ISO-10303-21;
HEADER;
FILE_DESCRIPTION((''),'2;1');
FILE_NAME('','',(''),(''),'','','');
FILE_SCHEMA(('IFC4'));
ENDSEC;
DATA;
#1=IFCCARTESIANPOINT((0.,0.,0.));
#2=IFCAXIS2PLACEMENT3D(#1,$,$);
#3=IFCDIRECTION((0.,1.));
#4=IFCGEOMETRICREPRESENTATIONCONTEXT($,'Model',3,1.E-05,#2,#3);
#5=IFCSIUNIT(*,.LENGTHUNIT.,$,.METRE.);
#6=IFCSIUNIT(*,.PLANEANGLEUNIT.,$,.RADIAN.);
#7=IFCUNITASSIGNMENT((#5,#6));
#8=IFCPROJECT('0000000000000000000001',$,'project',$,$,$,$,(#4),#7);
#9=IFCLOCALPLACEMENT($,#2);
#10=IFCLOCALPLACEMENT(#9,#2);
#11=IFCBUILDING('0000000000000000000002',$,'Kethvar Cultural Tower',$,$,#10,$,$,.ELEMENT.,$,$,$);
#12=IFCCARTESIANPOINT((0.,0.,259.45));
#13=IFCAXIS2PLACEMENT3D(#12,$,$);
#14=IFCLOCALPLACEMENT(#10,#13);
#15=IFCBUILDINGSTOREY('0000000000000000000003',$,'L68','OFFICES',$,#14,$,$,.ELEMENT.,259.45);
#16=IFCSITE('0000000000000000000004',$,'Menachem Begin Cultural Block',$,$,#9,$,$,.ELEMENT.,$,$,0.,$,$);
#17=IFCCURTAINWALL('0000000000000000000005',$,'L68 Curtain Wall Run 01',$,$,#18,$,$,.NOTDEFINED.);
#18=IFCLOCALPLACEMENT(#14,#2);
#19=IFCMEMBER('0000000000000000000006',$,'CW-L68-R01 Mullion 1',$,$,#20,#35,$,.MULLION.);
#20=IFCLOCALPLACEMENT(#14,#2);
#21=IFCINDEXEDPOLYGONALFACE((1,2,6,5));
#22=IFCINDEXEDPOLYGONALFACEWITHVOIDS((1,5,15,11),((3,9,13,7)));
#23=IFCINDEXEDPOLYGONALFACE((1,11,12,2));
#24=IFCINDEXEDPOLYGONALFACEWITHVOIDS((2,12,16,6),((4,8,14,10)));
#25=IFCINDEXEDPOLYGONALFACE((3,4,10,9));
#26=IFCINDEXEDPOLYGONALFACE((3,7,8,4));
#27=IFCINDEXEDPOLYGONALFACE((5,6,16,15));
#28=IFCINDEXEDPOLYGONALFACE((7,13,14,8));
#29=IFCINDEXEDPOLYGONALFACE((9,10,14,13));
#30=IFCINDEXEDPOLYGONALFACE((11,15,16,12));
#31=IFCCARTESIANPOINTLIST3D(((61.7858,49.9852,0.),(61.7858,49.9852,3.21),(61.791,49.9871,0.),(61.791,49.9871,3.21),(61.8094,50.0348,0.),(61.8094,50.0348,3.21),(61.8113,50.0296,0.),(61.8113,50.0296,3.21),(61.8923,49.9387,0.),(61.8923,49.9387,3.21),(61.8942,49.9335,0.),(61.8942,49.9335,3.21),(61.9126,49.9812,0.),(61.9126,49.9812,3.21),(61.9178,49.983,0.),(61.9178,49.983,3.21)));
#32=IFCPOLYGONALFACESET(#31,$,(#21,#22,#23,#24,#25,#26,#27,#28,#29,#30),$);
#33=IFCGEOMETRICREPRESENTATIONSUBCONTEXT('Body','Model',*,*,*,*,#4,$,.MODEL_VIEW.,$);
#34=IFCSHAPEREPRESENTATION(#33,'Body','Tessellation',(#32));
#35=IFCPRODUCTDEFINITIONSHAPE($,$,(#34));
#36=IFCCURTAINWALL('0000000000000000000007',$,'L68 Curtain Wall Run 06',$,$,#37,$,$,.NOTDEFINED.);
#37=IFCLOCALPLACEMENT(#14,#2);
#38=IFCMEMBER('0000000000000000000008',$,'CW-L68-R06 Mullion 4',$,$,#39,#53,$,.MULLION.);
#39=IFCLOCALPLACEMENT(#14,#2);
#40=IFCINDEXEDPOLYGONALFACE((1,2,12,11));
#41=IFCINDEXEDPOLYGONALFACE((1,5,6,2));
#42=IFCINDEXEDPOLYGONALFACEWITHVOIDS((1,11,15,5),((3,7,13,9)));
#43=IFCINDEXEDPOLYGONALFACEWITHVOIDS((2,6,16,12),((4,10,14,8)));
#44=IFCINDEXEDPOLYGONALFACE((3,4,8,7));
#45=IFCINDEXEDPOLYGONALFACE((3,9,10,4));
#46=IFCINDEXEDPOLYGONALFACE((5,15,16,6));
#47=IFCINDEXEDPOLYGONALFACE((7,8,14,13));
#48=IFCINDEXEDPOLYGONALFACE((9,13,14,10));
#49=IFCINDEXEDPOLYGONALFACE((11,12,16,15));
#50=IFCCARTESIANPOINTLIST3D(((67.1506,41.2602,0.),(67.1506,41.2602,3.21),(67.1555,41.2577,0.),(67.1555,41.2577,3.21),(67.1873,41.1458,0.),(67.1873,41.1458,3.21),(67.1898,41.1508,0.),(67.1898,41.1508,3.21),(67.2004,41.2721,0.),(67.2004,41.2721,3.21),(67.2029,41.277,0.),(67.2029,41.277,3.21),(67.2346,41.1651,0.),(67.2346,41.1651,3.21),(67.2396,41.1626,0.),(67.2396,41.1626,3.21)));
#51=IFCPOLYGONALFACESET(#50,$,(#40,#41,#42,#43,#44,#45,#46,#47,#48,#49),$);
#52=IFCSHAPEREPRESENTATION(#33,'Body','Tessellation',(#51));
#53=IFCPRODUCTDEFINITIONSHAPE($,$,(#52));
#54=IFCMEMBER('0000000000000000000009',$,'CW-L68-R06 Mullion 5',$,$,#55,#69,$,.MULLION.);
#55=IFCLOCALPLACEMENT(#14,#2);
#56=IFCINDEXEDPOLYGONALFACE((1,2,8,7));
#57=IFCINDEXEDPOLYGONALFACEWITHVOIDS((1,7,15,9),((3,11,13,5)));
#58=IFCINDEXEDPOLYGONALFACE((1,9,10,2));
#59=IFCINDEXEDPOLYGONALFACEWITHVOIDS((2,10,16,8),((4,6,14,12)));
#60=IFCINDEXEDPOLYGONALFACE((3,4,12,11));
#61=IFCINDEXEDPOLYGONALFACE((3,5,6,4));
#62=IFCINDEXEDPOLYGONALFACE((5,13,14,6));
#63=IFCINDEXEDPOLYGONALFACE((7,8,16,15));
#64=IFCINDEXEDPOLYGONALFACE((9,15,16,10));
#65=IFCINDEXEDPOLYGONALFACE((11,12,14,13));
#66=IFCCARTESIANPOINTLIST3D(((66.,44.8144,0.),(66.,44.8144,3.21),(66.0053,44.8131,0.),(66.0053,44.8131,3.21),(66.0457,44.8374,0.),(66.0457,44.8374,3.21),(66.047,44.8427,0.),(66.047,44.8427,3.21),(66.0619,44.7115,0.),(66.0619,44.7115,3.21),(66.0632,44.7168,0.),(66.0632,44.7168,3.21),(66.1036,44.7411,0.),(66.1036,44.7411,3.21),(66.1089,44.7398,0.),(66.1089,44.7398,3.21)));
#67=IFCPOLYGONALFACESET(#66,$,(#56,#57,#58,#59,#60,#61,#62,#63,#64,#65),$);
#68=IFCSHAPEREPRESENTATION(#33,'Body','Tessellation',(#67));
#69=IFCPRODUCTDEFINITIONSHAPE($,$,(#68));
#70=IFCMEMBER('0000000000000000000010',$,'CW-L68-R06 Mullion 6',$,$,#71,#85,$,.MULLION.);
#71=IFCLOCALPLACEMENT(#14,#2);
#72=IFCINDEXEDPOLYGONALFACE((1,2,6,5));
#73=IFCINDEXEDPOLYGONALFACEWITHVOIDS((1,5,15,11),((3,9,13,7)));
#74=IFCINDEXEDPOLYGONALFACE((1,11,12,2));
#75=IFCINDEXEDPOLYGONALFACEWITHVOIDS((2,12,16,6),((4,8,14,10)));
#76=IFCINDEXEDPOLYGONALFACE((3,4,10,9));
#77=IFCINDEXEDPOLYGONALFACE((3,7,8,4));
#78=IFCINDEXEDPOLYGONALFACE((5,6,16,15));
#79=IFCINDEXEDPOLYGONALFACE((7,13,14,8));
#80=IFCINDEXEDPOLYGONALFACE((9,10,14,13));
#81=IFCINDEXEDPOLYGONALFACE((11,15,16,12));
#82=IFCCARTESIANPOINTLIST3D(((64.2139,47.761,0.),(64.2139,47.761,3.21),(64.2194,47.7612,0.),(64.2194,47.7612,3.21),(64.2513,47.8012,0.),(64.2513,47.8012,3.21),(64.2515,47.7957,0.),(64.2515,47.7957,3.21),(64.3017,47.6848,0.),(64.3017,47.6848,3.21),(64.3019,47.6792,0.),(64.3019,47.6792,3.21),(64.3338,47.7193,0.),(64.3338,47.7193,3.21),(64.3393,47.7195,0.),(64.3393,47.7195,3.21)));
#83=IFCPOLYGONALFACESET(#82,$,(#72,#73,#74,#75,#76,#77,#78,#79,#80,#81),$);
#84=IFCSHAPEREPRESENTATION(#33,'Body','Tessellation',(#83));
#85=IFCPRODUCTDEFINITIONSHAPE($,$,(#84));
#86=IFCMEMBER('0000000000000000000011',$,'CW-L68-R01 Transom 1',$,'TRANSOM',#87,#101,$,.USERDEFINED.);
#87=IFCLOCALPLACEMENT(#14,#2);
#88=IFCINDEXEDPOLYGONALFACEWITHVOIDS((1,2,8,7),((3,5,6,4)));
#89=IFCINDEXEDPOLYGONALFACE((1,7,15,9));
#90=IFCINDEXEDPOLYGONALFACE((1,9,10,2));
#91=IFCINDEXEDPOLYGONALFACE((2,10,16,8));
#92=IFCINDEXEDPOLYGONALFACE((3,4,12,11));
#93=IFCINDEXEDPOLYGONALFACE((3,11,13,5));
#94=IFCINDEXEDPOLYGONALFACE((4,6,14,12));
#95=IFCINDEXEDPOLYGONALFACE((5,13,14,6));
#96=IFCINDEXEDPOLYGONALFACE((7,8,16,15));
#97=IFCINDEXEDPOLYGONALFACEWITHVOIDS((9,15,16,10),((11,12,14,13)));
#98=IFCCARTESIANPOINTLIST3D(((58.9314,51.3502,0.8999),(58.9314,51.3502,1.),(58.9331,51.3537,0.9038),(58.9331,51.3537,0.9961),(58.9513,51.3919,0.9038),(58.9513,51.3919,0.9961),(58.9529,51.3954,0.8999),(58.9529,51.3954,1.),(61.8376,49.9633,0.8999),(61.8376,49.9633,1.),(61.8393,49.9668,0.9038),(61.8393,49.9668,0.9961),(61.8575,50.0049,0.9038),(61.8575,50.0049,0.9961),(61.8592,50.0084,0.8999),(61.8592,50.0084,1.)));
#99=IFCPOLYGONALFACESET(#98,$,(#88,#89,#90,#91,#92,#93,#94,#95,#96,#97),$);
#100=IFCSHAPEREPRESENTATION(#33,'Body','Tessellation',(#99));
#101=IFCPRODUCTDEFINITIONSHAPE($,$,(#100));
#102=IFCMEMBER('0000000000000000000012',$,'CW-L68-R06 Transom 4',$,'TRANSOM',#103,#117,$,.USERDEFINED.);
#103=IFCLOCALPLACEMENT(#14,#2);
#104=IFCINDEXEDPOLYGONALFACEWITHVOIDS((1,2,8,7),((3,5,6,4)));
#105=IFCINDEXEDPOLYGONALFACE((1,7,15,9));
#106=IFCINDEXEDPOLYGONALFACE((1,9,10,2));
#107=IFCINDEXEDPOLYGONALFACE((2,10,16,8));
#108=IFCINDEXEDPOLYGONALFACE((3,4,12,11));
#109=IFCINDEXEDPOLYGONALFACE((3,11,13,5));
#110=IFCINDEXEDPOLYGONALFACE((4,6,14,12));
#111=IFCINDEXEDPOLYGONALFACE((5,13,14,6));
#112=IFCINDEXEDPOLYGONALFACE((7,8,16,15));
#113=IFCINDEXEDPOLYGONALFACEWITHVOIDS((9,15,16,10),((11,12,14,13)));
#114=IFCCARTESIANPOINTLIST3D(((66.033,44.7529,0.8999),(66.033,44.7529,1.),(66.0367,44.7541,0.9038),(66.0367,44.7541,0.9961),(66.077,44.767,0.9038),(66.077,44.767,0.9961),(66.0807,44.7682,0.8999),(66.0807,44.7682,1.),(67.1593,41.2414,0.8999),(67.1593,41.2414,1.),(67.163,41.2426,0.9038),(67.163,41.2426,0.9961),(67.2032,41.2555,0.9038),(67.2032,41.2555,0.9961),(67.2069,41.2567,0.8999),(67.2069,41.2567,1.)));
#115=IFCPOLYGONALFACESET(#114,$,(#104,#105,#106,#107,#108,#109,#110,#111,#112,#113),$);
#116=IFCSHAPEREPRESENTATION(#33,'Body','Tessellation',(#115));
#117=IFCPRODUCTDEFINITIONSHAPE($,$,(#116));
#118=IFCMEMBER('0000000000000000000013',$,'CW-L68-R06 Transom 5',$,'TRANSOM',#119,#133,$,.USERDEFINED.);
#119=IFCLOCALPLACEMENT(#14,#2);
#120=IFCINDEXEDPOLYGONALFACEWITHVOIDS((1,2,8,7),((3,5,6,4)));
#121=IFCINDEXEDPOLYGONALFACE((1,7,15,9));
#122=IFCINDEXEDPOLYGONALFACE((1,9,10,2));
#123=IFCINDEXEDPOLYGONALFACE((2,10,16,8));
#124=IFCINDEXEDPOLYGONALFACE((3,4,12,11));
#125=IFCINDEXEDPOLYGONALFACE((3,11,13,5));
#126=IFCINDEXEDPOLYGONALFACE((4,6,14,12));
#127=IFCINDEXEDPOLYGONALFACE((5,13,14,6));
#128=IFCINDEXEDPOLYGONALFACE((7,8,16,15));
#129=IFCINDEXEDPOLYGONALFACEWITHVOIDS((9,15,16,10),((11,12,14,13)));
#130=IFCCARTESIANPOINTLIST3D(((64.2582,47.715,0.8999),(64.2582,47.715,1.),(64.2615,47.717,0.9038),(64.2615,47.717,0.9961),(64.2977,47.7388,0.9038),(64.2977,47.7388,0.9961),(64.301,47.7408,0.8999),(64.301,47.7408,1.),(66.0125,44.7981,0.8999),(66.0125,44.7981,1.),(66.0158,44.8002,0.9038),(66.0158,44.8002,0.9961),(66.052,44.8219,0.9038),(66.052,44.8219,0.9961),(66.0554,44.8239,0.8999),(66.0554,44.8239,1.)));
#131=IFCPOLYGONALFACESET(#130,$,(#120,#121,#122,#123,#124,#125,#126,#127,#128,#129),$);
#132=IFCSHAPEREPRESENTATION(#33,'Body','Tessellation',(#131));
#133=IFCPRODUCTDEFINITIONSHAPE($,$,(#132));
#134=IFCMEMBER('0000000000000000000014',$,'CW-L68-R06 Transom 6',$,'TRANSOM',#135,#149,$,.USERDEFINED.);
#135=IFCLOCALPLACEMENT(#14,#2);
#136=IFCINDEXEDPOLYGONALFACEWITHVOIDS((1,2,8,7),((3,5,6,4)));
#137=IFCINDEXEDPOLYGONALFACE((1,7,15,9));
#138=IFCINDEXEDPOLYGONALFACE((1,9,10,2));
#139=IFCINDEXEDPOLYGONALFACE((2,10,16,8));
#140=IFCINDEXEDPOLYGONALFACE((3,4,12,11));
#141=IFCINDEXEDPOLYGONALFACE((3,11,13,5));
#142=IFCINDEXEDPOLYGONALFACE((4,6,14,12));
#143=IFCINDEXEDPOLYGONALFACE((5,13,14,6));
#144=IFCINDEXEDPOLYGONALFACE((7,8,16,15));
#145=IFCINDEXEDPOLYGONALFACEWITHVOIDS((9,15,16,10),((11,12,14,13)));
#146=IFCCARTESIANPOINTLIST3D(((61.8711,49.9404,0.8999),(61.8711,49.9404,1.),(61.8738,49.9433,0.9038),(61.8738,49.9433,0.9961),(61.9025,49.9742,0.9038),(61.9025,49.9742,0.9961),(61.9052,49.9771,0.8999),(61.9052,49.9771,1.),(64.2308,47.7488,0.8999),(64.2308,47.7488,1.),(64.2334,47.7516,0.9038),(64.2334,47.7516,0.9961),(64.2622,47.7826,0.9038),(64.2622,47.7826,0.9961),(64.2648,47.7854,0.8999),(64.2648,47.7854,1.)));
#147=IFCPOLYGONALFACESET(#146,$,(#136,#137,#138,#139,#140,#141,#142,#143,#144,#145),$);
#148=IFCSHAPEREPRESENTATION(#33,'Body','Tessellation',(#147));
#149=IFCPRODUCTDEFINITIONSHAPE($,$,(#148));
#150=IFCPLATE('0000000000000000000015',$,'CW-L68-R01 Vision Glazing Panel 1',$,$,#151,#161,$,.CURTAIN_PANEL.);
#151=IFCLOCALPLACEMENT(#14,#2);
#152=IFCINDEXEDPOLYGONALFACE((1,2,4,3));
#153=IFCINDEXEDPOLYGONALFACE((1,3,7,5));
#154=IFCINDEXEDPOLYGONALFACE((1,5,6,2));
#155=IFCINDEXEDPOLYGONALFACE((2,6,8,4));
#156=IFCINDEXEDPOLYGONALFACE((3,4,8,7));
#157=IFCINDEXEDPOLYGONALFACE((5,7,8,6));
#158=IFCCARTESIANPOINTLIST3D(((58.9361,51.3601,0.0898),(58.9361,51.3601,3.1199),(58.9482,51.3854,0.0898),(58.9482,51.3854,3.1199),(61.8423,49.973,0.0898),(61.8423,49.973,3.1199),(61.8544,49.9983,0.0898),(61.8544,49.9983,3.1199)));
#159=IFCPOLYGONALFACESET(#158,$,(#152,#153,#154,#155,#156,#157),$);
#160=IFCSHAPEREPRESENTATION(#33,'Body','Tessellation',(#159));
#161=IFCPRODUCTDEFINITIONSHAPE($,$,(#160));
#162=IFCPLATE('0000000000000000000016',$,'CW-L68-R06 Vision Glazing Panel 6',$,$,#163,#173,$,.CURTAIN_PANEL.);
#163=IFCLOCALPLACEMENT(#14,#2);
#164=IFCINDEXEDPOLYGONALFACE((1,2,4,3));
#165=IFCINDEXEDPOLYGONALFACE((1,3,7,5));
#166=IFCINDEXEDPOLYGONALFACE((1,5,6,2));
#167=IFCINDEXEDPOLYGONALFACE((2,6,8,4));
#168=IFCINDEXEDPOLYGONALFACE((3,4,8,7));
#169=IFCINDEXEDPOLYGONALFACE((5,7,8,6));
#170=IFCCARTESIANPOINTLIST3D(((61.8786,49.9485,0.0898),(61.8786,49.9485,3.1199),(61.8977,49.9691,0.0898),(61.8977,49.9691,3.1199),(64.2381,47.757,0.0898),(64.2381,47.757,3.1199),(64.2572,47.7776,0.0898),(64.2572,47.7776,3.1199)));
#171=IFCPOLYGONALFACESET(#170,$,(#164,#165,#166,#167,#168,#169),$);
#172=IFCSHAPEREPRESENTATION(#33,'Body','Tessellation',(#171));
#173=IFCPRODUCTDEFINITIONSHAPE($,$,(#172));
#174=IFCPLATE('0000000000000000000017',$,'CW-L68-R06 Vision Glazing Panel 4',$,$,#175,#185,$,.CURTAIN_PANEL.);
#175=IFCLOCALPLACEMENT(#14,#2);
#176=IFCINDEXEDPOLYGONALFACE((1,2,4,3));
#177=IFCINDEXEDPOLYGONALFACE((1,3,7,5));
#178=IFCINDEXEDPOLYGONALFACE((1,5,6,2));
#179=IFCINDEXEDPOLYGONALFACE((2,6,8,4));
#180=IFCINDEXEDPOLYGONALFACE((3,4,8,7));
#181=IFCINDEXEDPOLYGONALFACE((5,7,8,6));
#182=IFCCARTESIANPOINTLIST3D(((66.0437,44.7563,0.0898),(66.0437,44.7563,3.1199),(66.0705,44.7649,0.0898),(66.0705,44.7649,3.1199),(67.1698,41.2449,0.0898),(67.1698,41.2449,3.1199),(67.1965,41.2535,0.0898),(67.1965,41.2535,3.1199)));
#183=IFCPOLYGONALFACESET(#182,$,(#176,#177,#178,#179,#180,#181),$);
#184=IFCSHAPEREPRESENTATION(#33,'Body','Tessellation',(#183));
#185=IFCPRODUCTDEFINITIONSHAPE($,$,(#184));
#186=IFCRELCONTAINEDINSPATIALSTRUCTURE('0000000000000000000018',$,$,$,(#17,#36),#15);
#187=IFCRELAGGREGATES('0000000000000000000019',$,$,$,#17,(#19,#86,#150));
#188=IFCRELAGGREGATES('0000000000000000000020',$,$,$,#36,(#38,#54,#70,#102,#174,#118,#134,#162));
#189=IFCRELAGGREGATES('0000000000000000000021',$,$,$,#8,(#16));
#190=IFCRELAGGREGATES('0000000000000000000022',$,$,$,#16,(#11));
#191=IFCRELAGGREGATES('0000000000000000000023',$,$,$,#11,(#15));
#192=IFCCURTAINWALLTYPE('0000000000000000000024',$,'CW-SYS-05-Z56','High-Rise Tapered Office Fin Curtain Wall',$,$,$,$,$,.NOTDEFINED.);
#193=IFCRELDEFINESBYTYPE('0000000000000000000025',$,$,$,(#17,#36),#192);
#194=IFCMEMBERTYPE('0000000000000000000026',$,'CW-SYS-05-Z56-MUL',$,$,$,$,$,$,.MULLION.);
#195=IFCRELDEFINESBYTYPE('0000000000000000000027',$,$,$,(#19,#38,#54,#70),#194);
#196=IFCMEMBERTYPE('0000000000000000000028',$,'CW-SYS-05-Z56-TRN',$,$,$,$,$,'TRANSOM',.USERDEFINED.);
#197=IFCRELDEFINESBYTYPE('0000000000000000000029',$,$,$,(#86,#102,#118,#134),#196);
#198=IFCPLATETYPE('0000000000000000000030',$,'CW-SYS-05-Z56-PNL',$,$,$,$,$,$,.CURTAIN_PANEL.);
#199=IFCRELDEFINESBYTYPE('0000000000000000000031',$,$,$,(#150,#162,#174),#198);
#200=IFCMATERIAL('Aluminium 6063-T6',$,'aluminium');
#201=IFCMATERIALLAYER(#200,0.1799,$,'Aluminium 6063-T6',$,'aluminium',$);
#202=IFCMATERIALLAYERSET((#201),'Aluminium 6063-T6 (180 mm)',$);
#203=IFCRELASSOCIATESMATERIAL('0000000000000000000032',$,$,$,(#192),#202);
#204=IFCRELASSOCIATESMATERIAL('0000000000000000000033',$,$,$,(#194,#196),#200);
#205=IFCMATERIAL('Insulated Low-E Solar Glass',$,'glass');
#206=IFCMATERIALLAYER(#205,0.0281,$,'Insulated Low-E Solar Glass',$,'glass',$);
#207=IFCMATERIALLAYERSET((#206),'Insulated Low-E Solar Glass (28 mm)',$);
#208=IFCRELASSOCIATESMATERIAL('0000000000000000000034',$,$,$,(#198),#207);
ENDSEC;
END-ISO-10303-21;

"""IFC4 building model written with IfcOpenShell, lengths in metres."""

from ifc_helpers import new_model, si_unit, direction, frame, origin, origin_2d, place, context, subcontext, project, spatial, rectangle, hollow_rectangle, extrude, source, transform, mapped, material, layer, layer_set, material_profile, profile_set, type_object, element, aggregate, save


model = new_model("IFC4")

# Units and contexts
model_context = context("Model", 3, precision=1e-05, world=origin(), true_north=direction((0.0, 1.0)))
body_context = subcontext(model_context, "Body", "Model", "MODEL_VIEW")
ifc_project = project(units=[si_unit("LENGTHUNIT", "METRE"), si_unit("PLANEANGLEUNIT", "RADIAN")], contexts=[model_context])

# Site, building, storey
site_placement = place(None, origin())
site = spatial("IfcSite", under=ifc_project, at=site_placement, Name="Menachem Begin Cultural Block", CompositionType="ELEMENT", RefElevation=0.0)
building_placement = place(site_placement, origin())
building = spatial("IfcBuilding", under=site, at=building_placement, Name="Kethvar Cultural Tower", CompositionType="ELEMENT")
storey_placement = place(building_placement, frame((0.0, 0.0, 259.45)))
storey = spatial("IfcBuildingStorey", under=building, at=storey_placement, Name="L68", Description="OFFICES", CompositionType="ELEMENT", Elevation=259.45)

# Curtain wall, member
ifc_material_1 = material(Name="Aluminium 6063-T6", Category="aluminium")
ifc_layer_1 = layer(ifc_material_1, 0.1799, Name="Aluminium 6063-T6", Category="aluminium")
ifc_layer_set_1 = layer_set([ifc_layer_1], Name="Aluminium 6063-T6 (180 mm)")
curtain_wall_type = type_object("IfcCurtainWallType", Name="CW-SYS-05-Z56", Description="High-Rise Tapered Office Fin Curtain Wall", PredefinedType="NOTDEFINED", material=ifc_layer_set_1)
curtain_wall_1_placement = place(storey_placement, origin())
curtain_wall_1 = element("IfcCurtainWall", 1, at=curtain_wall_1_placement, inside=storey, type_object=curtain_wall_type, Name="L68 Curtain Wall Run 01", PredefinedType="NOTDEFINED")
ifc_material_profile_1 = material_profile(ifc_material_1, hollow_rectangle(XDim=0.0549, YDim=0.1201, WallThickness=0.0039, at=origin_2d()), Name="Aluminium 6063-T6 — RHS120x55x4")
ifc_profile_set_1 = profile_set([ifc_material_profile_1], Name="Aluminium 6063-T6 — RHS120x55x4")
member_type_1 = type_object("IfcMemberType", Name="CW-SYS-05-Z56-MUL", PredefinedType="MULLION", material=ifc_profile_set_1)
shared_shape_1 = source(origin(), body_context, "Body", "SweptSolid", [
    extrude(hollow_rectangle(XDim=0.0549, YDim=0.1201, WallThickness=0.0039, at=origin_2d()), origin(), (0.0, 0.0, 1.0), 3.21),
])
member_1_placement = place(storey_placement, frame((61.8518, 49.9841, 0.0), z_axis=(0.0, 0.0, 1.0), x_axis=(-0.430732, -0.90248, 0.0)))
member_1 = element("IfcMember", 2, at=member_1_placement, type_object=member_type_1, Name="CW-L68-R01 Mullion 1", PredefinedType="MULLION", context=body_context, shape_type="MappedRepresentation", body=[
    mapped(shared_shape_1, transform((0.0, 0.0, 0.0), scale=1.0)),
])

# Curtain wall, members
curtain_wall_2_placement = place(storey_placement, origin())
curtain_wall_2 = element("IfcCurtainWall", 3, at=curtain_wall_2_placement, inside=storey, type_object=curtain_wall_type, Name="L68 Curtain Wall Run 06", PredefinedType="NOTDEFINED")
member_2_placement = place(storey_placement, frame((67.1951, 41.2114, 0.0), z_axis=(0.0, 0.0, 1.0), x_axis=(-0.952236, -0.305363, 0.0)))
member_2 = element("IfcMember", 4, at=member_2_placement, type_object=member_type_1, Name="CW-L68-R06 Mullion 4", PredefinedType="MULLION", context=body_context, shape_type="MappedRepresentation", body=[
    mapped(shared_shape_1, transform((0.0, 0.0, 0.0), scale=1.0)),
])
member_3_placement = place(storey_placement, frame((66.0544, 44.7771, 0.0), z_axis=(0.0, 0.0, 1.0), x_axis=(-0.856933, -0.515427, 0.0)))
member_3 = element("IfcMember", 5, at=member_3_placement, type_object=member_type_1, Name="CW-L68-R06 Mullion 5", PredefinedType="MULLION", context=body_context, shape_type="MappedRepresentation", body=[
    mapped(shared_shape_1, transform((0.0, 0.0, 0.0), scale=1.0)),
])
member_4_placement = place(storey_placement, frame((64.2766, 47.7402, 0.0), z_axis=(0.0, 0.0, 1.0), x_axis=(-0.680542, -0.732709, 0.0)))
member_4 = element("IfcMember", 6, at=member_4_placement, type_object=member_type_1, Name="CW-L68-R06 Mullion 6", PredefinedType="MULLION", context=body_context, shape_type="MappedRepresentation", body=[
    mapped(shared_shape_1, transform((0.0, 0.0, 0.0), scale=1.0)),
])

# Members
ifc_material_profile_2 = material_profile(ifc_material_1, hollow_rectangle(XDim=0.05, YDim=0.1001, WallThickness=0.0039, at=origin_2d()), Name="Aluminium 6063-T6 — RHS100x50x4")
ifc_profile_set_2 = profile_set([ifc_material_profile_2], Name="Aluminium 6063-T6 — RHS100x50x4")
member_type_2 = type_object("IfcMemberType", Name="CW-SYS-05-Z56-TRN", ElementType="TRANSOM", PredefinedType="USERDEFINED", material=ifc_profile_set_2)
shared_shape_2 = source(origin(), body_context, "Body", "SweptSolid", [
    extrude(hollow_rectangle(XDim=0.05, YDim=0.1001, WallThickness=0.0039, at=origin_2d()), origin(), (0.0, 0.0, 1.0), 3.2202),
])
member_5_placement = place(storey_placement, frame((61.8484, 49.9858, 0.95), z_axis=(-0.902494, 0.430702, 0.0), x_axis=(-0.430702, -0.902494, 0.0)))
member_5 = element("IfcMember", 7, at=member_5_placement, type_object=member_type_2, Name="CW-L68-R01 Transom 1", ObjectType="TRANSOM", PredefinedType="USERDEFINED", context=body_context, shape_type="MappedRepresentation", body=[
    mapped(shared_shape_2, transform((0.0, 0.0, 0.0), scale=1.0)),
])
shared_shape_3 = source(origin(), body_context, "Body", "SweptSolid", [
    extrude(hollow_rectangle(XDim=0.05, YDim=0.1001, WallThickness=0.0039, at=origin_2d()), origin(), (0.0, 0.0, 1.0), 3.6877),
])
member_6_placement = place(storey_placement, frame((67.1831, 41.249, 0.95), z_axis=(-0.305403, 0.952223, 0.0), x_axis=(-0.952223, -0.305403, 0.0)))
member_6 = element("IfcMember", 8, at=member_6_placement, type_object=member_type_2, Name="CW-L68-R06 Transom 4", ObjectType="TRANSOM", PredefinedType="USERDEFINED", context=body_context, shape_type="MappedRepresentation", body=[
    mapped(shared_shape_3, transform((0.0, 0.0, 0.0), scale=1.0)),
])
shared_shape_4 = source(origin(), body_context, "Body", "SweptSolid", [
    extrude(hollow_rectangle(XDim=0.05, YDim=0.1001, WallThickness=0.0039, at=origin_2d()), origin(), (0.0, 0.0, 1.0), 3.4038),
])
member_7_placement = place(storey_placement, frame((66.0339, 44.811, 0.95), z_axis=(-0.515403, 0.856948, 0.0), x_axis=(-0.856948, -0.515403, 0.0)))
member_7 = element("IfcMember", 9, at=member_7_placement, type_object=member_type_2, Name="CW-L68-R06 Transom 5", ObjectType="TRANSOM", PredefinedType="USERDEFINED", context=body_context, shape_type="MappedRepresentation", body=[
    mapped(shared_shape_4, transform((0.0, 0.0, 0.0), scale=1.0)),
])
shared_shape_5 = source(origin(), body_context, "Body", "SweptSolid", [
    extrude(hollow_rectangle(XDim=0.05, YDim=0.1001, WallThickness=0.0039, at=origin_2d()), origin(), (0.0, 0.0, 1.0), 3.2205),
])
member_8_placement = place(storey_placement, frame((64.2478, 47.7671, 0.95), z_axis=(-0.732704, 0.680547, 0.0), x_axis=(-0.680547, -0.732704, 0.0)))
member_8 = element("IfcMember", 10, at=member_8_placement, type_object=member_type_2, Name="CW-L68-R06 Transom 6", ObjectType="TRANSOM", PredefinedType="USERDEFINED", context=body_context, shape_type="MappedRepresentation", body=[
    mapped(shared_shape_5, transform((0.0, 0.0, 0.0), scale=1.0)),
])

# Plates
ifc_material_2 = material(Name="Insulated Low-E Solar Glass", Category="glass")
ifc_layer_2 = layer(ifc_material_2, 0.0281, Name="Insulated Low-E Solar Glass", Category="glass")
ifc_layer_set_2 = layer_set([ifc_layer_2], Name="Insulated Low-E Solar Glass (28 mm)")
plate_type = type_object("IfcPlateType", Name="CW-SYS-05-Z56-PNL", PredefinedType="CURTAIN_PANEL", material=ifc_layer_set_2)
shared_shape_6 = source(origin(), body_context, "Body", "SweptSolid", [
    extrude(rectangle(XDim=3.2202, YDim=0.0281, at=origin_2d()), origin(), (0.0, 0.0, 1.0), 3.03),
])
plate_1_placement = place(storey_placement, frame((60.3953, 50.6792, 0.0898), z_axis=(0.0, 0.0, 1.0), x_axis=(-0.90248, 0.430732, 0.0)))
plate_1 = element("IfcPlate", 11, at=plate_1_placement, type_object=plate_type, Name="CW-L68-R01 Vision Glazing Panel 1", PredefinedType="CURTAIN_PANEL", context=body_context, shape_type="MappedRepresentation", body=[
    mapped(shared_shape_6, transform((0.0, 0.0, 0.0), scale=1.0)),
])
aggregate(curtain_wall_1, [member_1, member_5, plate_1])
plate_2_placement = place(storey_placement, frame((63.0679, 48.863, 0.0898), z_axis=(0.0, 0.0, 1.0), x_axis=(-0.732709, 0.680542, 0.0)))
plate_2 = element("IfcPlate", 12, at=plate_2_placement, type_object=plate_type, Name="CW-L68-R06 Vision Glazing Panel 6", PredefinedType="CURTAIN_PANEL", context=body_context, shape_type="MappedRepresentation", body=[
    mapped(shared_shape_6, transform((0.0, 0.0, 0.0), scale=1.0)),
])
shared_shape_7 = source(origin(), body_context, "Body", "SweptSolid", [
    extrude(rectangle(XDim=3.6875, YDim=0.0281, at=origin_2d()), origin(), (0.0, 0.0, 1.0), 3.03),
])
plate_3_placement = place(storey_placement, frame((66.6201, 43.0049, 0.0898), z_axis=(0.0, 0.0, 1.0), x_axis=(-0.305363, 0.952236, 0.0)))
plate_3 = element("IfcPlate", 13, at=plate_3_placement, type_object=plate_type, Name="CW-L68-R06 Vision Glazing Panel 4", PredefinedType="CURTAIN_PANEL", context=body_context, shape_type="MappedRepresentation", body=[
    mapped(shared_shape_7, transform((0.0, 0.0, 0.0), scale=1.0)),
])
aggregate(curtain_wall_2, [member_2, member_3, member_4, member_6, plate_3, member_7, member_8, plate_2])

save(model, "model.ifc")
